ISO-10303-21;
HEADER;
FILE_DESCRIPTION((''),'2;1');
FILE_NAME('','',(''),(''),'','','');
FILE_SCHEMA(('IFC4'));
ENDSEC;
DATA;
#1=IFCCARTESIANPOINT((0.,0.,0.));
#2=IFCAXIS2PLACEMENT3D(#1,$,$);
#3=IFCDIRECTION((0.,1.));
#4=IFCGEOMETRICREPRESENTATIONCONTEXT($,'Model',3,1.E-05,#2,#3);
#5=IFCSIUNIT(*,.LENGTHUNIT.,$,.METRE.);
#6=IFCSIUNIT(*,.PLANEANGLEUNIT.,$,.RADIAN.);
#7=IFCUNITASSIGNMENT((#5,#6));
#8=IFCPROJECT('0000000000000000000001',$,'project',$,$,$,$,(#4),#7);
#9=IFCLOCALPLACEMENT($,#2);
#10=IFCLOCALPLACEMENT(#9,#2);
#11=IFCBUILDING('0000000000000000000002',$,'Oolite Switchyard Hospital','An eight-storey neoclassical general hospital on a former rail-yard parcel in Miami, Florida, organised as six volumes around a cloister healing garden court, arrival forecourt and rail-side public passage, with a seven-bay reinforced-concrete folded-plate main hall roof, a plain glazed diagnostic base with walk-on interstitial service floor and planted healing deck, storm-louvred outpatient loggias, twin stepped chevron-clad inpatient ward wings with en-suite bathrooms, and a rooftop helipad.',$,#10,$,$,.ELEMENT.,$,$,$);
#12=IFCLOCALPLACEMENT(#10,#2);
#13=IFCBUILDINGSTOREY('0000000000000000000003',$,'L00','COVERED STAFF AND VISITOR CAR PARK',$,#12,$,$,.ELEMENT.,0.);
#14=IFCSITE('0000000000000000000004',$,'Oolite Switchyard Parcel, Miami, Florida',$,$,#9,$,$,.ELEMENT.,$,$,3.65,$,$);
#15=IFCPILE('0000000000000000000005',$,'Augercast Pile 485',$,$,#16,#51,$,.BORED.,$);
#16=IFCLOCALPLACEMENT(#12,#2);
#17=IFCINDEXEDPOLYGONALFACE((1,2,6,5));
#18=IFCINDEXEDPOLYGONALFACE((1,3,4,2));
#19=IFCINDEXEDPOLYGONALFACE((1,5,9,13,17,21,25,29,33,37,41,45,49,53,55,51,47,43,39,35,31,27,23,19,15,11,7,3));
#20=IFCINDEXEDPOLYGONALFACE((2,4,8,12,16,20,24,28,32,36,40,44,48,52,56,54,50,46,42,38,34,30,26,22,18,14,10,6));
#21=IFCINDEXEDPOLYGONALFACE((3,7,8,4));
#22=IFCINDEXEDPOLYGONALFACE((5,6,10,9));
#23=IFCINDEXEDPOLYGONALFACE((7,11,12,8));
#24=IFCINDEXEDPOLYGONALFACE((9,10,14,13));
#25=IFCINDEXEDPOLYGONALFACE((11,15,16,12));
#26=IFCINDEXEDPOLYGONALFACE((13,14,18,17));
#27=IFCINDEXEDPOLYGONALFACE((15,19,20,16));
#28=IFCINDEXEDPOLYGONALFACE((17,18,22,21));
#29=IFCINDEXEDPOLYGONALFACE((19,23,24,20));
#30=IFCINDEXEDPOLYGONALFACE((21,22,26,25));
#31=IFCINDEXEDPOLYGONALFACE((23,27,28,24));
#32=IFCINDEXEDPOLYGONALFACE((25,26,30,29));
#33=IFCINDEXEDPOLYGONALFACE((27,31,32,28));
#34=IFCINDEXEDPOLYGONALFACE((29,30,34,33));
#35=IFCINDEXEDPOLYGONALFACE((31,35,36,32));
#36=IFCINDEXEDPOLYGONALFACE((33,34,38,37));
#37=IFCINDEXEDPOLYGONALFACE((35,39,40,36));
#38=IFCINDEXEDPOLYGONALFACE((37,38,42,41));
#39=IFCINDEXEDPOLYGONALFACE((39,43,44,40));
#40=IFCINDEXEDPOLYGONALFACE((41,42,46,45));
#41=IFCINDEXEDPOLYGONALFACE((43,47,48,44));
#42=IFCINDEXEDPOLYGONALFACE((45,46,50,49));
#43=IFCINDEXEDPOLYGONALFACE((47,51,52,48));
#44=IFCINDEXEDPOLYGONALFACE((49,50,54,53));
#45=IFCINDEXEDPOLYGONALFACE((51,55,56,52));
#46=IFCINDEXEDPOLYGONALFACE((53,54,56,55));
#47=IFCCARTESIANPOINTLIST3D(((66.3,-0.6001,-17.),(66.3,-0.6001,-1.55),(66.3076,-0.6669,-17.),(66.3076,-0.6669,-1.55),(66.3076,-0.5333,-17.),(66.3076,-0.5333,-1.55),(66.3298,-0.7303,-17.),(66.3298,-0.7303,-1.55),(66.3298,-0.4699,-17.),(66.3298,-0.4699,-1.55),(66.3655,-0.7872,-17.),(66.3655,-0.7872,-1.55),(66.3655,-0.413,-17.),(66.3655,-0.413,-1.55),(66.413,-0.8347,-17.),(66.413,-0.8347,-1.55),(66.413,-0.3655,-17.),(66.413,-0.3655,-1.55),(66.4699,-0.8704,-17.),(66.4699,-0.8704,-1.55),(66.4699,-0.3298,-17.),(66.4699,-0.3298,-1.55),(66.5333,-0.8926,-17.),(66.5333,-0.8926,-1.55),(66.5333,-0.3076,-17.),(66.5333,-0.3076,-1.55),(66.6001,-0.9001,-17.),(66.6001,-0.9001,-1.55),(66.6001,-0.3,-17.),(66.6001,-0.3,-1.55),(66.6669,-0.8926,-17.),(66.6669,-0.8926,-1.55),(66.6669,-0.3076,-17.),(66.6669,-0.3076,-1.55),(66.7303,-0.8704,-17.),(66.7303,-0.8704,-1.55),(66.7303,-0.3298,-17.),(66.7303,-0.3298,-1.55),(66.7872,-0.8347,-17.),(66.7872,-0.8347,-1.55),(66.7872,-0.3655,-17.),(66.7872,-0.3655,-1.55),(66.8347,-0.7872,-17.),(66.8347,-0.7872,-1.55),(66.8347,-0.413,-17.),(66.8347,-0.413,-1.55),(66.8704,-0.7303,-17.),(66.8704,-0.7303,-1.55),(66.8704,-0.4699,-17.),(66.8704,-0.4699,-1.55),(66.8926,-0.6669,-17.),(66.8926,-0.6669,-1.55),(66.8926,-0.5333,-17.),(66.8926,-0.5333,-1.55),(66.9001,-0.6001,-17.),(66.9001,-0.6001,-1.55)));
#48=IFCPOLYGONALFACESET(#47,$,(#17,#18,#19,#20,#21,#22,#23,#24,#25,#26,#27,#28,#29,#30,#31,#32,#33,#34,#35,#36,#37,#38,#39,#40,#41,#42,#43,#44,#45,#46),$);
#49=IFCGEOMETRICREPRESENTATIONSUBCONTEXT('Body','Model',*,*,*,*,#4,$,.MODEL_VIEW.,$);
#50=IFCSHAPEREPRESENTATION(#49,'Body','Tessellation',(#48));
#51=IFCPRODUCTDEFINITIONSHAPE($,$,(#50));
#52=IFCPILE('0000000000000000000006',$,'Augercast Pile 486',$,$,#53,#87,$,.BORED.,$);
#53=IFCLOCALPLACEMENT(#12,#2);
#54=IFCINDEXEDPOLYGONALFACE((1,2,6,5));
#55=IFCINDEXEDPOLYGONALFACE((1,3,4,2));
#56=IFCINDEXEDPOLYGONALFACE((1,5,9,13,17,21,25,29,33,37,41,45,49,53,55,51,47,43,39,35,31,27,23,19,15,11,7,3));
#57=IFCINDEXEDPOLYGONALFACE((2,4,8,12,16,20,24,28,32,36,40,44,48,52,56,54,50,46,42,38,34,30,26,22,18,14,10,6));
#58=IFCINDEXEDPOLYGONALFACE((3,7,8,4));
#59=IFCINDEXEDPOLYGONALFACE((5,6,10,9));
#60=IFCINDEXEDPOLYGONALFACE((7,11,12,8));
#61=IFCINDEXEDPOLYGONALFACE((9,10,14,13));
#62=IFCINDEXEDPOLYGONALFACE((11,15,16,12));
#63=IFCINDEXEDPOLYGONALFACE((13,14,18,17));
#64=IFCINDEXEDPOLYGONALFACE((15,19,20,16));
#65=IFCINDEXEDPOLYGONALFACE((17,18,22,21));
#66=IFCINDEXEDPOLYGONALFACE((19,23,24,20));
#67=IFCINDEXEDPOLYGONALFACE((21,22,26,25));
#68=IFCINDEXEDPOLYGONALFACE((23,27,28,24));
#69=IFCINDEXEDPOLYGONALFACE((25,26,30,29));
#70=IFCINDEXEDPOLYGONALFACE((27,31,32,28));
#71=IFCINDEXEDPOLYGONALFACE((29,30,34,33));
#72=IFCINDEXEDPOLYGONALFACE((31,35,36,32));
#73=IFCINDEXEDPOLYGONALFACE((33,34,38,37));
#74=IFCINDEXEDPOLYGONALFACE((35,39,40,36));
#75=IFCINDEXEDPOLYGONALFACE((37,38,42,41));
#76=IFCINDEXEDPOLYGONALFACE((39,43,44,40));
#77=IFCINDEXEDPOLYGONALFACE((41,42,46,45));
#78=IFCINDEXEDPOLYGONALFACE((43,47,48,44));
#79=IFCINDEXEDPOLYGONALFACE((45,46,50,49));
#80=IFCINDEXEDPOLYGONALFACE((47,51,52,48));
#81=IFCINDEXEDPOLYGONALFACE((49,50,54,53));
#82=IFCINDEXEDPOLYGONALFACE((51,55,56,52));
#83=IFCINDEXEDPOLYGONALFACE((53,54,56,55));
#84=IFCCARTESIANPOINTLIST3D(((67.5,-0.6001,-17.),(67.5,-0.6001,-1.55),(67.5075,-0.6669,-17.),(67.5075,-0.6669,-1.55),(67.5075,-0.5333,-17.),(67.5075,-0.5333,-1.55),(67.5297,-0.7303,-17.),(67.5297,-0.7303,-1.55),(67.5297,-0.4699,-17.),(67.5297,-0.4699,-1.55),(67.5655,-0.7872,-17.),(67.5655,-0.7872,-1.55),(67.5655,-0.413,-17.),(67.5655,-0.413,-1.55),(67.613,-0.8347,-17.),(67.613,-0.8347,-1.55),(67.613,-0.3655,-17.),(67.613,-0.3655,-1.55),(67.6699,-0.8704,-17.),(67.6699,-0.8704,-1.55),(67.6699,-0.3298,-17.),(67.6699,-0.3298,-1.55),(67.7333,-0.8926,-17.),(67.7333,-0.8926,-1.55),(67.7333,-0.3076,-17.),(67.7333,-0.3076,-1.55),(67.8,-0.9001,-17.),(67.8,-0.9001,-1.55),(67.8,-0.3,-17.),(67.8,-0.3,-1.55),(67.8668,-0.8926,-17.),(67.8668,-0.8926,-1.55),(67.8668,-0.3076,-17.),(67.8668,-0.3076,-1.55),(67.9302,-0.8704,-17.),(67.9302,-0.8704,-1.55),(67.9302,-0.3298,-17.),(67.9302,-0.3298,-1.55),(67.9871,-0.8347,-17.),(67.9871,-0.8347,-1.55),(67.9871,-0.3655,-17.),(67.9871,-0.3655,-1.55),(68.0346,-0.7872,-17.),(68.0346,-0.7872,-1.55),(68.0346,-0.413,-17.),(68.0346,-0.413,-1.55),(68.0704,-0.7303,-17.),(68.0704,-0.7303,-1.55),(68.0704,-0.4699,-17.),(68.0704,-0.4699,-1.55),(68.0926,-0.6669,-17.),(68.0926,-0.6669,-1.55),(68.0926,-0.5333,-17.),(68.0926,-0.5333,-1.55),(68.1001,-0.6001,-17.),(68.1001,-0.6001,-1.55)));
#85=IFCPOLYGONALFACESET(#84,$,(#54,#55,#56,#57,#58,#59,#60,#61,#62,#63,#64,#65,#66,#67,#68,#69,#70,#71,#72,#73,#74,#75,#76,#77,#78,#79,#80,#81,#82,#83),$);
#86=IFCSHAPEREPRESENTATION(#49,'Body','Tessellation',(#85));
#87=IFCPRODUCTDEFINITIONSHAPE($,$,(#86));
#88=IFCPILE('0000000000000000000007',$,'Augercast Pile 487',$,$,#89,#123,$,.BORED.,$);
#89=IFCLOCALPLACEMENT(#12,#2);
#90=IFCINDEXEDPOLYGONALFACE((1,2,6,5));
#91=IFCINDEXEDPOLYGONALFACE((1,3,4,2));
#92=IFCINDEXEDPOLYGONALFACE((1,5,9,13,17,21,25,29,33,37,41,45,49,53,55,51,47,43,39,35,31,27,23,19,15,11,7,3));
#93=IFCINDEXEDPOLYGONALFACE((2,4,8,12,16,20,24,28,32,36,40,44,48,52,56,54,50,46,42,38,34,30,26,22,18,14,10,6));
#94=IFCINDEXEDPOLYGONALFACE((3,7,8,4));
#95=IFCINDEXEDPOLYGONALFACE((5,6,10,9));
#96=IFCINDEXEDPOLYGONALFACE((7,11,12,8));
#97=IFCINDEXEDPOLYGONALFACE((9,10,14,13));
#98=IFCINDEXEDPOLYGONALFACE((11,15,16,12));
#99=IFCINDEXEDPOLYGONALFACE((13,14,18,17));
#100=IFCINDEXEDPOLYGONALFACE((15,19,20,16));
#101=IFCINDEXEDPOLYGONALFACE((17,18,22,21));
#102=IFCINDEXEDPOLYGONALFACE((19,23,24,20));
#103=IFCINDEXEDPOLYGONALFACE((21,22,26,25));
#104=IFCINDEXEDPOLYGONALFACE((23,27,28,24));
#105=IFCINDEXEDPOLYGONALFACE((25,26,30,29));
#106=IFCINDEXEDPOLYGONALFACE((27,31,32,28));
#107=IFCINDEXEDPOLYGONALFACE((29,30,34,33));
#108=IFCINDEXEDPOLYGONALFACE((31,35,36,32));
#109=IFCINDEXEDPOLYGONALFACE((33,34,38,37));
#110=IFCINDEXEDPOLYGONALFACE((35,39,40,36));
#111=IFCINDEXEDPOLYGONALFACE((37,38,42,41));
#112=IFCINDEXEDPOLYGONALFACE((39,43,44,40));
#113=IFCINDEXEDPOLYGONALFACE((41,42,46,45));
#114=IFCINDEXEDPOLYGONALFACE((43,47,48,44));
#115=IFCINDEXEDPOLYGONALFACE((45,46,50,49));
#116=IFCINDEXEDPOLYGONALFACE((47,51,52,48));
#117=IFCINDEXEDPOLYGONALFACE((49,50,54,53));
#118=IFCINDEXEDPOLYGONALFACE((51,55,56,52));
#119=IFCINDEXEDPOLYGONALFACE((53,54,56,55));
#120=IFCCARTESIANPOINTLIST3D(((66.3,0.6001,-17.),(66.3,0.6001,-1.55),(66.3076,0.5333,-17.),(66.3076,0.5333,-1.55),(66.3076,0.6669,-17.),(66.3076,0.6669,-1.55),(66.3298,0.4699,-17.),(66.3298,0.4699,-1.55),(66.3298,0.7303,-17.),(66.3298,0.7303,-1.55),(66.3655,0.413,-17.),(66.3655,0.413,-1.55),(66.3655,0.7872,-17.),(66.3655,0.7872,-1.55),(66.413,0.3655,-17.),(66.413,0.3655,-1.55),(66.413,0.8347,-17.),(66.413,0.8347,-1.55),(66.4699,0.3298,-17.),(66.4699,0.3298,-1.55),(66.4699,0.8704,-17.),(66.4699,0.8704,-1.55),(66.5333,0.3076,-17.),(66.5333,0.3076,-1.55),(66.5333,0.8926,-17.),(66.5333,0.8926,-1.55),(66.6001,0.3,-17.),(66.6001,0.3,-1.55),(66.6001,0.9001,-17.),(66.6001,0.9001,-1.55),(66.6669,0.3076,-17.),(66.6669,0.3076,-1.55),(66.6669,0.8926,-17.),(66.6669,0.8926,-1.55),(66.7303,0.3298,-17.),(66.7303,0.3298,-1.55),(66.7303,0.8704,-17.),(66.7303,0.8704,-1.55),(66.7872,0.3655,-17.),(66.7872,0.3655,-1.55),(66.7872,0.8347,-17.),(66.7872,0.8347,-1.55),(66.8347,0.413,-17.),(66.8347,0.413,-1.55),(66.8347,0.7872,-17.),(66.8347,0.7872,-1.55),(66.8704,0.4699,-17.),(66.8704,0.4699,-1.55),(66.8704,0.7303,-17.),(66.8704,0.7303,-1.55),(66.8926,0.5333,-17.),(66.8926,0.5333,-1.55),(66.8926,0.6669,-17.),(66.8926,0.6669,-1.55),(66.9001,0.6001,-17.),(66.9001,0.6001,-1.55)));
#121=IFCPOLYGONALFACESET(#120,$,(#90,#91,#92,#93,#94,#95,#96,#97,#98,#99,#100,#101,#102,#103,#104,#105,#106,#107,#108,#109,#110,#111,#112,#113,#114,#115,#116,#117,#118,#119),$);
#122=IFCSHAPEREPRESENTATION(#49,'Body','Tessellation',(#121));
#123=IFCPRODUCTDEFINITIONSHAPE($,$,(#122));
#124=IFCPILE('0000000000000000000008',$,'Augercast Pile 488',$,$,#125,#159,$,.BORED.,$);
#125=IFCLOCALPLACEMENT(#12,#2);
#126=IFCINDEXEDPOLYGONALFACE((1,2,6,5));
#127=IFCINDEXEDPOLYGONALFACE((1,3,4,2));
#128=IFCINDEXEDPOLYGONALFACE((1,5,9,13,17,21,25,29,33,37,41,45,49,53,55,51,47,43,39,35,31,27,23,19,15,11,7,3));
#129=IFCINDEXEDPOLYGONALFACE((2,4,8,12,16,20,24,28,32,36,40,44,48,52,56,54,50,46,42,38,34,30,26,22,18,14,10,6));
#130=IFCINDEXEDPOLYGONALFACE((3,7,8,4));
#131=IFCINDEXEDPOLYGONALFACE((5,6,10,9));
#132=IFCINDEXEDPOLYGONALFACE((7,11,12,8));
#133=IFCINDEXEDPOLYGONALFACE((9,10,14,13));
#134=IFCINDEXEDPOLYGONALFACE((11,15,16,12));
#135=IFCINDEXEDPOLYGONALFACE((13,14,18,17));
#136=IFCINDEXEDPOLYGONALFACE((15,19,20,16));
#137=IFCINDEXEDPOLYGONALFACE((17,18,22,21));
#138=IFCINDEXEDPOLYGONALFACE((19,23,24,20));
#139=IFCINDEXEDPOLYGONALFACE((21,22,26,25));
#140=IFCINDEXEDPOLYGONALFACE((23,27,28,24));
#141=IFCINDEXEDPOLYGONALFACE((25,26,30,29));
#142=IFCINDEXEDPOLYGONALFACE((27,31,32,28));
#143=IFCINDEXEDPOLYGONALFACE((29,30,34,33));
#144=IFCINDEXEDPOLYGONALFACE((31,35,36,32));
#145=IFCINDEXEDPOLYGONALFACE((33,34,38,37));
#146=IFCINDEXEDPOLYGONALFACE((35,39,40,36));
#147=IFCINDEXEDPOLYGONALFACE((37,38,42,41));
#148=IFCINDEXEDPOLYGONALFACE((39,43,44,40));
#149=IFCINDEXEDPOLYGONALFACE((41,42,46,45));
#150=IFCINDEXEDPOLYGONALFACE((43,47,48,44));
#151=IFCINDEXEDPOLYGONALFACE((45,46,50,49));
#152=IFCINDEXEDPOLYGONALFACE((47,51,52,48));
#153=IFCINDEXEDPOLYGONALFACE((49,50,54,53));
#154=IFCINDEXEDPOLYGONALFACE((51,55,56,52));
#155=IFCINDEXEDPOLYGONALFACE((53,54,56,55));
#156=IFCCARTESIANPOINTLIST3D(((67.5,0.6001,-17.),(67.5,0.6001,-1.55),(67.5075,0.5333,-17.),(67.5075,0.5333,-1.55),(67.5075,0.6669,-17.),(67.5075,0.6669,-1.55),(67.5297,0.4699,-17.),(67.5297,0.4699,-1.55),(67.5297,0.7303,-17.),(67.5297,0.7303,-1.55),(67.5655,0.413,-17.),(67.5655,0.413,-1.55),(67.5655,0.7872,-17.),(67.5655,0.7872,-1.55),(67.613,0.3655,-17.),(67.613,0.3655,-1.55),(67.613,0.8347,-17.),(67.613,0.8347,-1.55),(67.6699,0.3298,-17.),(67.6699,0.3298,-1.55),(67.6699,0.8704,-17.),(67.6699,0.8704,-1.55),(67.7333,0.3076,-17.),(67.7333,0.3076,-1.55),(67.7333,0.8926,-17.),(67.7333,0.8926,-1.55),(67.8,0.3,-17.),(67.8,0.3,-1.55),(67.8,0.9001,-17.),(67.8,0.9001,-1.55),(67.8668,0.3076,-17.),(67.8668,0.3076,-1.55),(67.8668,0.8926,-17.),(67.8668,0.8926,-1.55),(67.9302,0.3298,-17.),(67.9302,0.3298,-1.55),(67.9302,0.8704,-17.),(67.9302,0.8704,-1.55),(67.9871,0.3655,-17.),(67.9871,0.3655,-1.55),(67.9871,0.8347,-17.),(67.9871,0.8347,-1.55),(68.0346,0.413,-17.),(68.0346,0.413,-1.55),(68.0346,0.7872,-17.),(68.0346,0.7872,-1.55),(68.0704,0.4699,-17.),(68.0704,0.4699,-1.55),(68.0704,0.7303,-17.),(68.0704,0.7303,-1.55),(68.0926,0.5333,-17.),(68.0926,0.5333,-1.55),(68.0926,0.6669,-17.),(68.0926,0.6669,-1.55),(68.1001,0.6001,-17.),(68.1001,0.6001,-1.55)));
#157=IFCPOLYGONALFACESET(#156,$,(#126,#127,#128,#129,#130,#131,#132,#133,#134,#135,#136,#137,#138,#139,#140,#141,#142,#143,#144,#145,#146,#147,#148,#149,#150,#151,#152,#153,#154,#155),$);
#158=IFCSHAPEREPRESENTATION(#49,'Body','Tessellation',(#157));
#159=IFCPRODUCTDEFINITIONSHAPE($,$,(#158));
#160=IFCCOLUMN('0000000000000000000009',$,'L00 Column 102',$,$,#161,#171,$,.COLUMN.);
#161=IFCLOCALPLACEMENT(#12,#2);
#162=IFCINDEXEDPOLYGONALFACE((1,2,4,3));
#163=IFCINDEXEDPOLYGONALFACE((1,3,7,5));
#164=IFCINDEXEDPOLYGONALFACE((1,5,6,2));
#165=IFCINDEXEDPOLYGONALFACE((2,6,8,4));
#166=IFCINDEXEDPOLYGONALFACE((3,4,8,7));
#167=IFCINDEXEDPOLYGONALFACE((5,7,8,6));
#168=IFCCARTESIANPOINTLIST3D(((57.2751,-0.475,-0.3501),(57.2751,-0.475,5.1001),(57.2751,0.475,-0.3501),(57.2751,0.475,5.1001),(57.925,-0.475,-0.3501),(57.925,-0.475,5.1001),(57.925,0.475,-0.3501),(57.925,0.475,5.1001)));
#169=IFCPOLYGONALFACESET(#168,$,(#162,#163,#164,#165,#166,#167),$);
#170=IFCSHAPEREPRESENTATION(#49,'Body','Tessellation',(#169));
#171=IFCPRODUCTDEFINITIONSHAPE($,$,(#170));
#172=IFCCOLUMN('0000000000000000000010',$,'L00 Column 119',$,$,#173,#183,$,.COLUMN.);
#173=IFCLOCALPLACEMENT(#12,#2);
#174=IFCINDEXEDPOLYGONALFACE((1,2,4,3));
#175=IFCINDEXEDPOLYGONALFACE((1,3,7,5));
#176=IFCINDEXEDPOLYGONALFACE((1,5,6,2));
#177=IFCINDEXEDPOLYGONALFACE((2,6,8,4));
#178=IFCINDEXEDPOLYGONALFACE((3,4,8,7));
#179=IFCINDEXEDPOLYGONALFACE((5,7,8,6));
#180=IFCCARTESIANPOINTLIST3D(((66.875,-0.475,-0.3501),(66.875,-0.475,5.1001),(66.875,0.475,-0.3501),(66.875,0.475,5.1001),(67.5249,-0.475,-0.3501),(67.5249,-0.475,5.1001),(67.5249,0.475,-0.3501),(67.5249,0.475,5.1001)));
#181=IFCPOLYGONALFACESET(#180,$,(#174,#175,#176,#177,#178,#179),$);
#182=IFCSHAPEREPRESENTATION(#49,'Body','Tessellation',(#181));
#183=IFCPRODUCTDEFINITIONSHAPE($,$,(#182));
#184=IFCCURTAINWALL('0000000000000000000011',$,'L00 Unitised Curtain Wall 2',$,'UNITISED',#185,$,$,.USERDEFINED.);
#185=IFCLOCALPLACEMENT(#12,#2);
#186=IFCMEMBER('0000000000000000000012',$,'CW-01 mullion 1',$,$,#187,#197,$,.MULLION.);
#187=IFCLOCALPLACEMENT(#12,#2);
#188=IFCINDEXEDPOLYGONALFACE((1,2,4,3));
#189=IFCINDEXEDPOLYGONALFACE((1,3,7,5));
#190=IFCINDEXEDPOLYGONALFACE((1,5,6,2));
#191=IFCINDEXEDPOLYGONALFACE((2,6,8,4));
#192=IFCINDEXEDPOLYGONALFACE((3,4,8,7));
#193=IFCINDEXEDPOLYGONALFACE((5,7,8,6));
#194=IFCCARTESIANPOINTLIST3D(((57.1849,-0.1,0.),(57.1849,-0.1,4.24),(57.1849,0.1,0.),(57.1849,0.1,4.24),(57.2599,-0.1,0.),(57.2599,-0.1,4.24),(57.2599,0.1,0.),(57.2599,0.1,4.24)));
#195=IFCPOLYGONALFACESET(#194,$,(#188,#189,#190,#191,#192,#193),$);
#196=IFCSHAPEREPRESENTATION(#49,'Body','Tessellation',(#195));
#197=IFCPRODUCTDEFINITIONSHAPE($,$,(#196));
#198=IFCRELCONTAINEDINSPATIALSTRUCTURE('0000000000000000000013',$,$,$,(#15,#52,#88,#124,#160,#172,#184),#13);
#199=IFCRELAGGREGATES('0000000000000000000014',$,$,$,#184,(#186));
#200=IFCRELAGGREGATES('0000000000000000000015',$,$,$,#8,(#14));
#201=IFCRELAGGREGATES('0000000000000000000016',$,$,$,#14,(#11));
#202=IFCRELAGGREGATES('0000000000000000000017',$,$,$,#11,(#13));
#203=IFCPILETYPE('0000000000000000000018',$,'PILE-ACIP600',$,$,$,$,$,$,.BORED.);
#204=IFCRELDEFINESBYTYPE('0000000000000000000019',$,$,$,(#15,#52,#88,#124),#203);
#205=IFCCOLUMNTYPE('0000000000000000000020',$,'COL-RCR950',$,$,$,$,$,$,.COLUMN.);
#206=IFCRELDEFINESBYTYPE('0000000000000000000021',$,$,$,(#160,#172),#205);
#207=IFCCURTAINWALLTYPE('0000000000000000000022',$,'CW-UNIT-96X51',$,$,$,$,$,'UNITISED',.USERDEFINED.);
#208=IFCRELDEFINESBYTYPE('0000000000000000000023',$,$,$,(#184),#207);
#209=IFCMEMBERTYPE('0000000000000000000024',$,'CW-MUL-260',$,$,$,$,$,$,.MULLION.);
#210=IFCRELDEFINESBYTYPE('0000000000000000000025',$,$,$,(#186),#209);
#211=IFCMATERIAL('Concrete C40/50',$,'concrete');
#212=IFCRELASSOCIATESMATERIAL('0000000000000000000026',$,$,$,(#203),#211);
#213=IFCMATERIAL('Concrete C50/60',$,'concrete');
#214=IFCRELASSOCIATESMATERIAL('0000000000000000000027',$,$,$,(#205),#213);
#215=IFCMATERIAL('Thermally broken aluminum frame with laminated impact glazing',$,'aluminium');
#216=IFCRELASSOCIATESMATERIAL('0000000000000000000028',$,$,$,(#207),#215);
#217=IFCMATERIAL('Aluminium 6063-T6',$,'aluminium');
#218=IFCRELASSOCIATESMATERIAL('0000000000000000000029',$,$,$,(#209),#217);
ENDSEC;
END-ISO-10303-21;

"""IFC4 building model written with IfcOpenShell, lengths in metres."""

from ifc_helpers import new_model, si_unit, direction, frame, origin, origin_2d, place, context, subcontext, project, spatial, rectangle, circle, extrude, material, material_profile, profile_set, type_object, element, aggregate, save


model = new_model("IFC4")

# Units and contexts
model_context = context("Model", 3, precision=1e-05, world=origin(), true_north=direction((0.0, 1.0)))
body_context = subcontext(model_context, "Body", "Model", "MODEL_VIEW")
ifc_project = project(units=[si_unit("LENGTHUNIT", "METRE"), si_unit("PLANEANGLEUNIT", "RADIAN")], contexts=[model_context])

# Site, building, storey
site_placement = place(None, origin())
site = spatial("IfcSite", under=ifc_project, at=site_placement, Name="Oolite Switchyard Parcel, Miami, Florida", CompositionType="ELEMENT", RefElevation=3.65)
building_placement = place(site_placement, origin())
building = spatial("IfcBuilding", under=site, at=building_placement, Name="Oolite Switchyard Hospital", Description="An eight-storey neoclassical general hospital on a former rail-yard parcel in Miami, Florida, organised as six volumes around a cloister healing garden court, arrival forecourt and rail-side public passage, with a seven-bay reinforced-concrete folded-plate main hall roof, a plain glazed diagnostic base with walk-on interstitial service floor and planted healing deck, storm-louvred outpatient loggias, twin stepped chevron-clad inpatient ward wings with en-suite bathrooms, and a rooftop helipad.", CompositionType="ELEMENT")
storey_placement = place(building_placement, origin())
storey = spatial("IfcBuildingStorey", under=building, at=storey_placement, Name="L00", Description="COVERED STAFF AND VISITOR CAR PARK", CompositionType="ELEMENT", Elevation=0.0)

# Shared definitions
ifc_material_1 = material(Name="Concrete C40/50", Category="concrete")

# Piles
ifc_material_profile_1 = material_profile(ifc_material_1, circle(Radius=0.3, at=origin_2d()), Name="PILE600")
ifc_profile_set_1 = profile_set([ifc_material_profile_1], Name="Concrete C40/50")
pile_type = type_object("IfcPileType", Name="PILE-ACIP600", PredefinedType="BORED", material=ifc_profile_set_1)
for number, where, z_axis, x_axis, name in (
    (1, (66.6001, -0.6001, -1.55), (0.0, 0.0, -1.0), (1.0, 0.0, 0.0), "Augercast Pile 485"),
    (2, (67.8, -0.6001, -1.55), (0.0, 0.0, -1.0), (1.0, 0.0, 0.0), "Augercast Pile 486"),
    (3, (66.6001, 0.6001, -1.55), (0.0, 0.0, -1.0), (1.0, 0.0, 0.0), "Augercast Pile 487"),
    (4, (67.8, 0.6001, -1.55), (0.0, 0.0, -1.0), (1.0, 0.0, 0.0), "Augercast Pile 488"),
):
    element("IfcPile", number, at=place(storey_placement, frame(where, z_axis=z_axis, x_axis=x_axis)), inside=storey, type_object=pile_type, Name=name, PredefinedType="BORED", context=body_context, shape_type="SweptSolid", body=[
        extrude(circle(Radius=0.3, at=origin_2d()), origin(), (0.0, 0.0, 1.0), 15.45),
    ])

# Columns
ifc_material_2 = material(Name="Concrete C50/60", Category="concrete")
ifc_material_profile_2 = material_profile(ifc_material_2, rectangle(XDim=0.95, YDim=0.6499, at=origin_2d()), Name="RC950X650")
ifc_profile_set_2 = profile_set([ifc_material_profile_2], Name="Concrete C50/60")
column_type = type_object("IfcColumnType", Name="COL-RCR950", PredefinedType="COLUMN", material=ifc_profile_set_2)
for number, where, z_axis, x_axis, name in (
    (5, (57.6001, 0.0, -0.3501), (0.0, 0.0, 1.0), (0.0, 1.0, 0.0), "L00 Column 102"),
    (6, (67.2, 0.0, -0.3501), (0.0, 0.0, 1.0), (0.0, 1.0, 0.0), "L00 Column 119"),
):
    element("IfcColumn", number, at=place(storey_placement, frame(where, z_axis=z_axis, x_axis=x_axis)), inside=storey, type_object=column_type, Name=name, PredefinedType="COLUMN", context=body_context, shape_type="SweptSolid", body=[
        extrude(rectangle(XDim=0.95, YDim=0.6499, at=origin_2d()), origin(), (0.0, 0.0, 1.0), 5.4502),
    ])

# Curtain wall, member
ifc_material_3 = material(Name="Thermally broken aluminum frame with laminated impact glazing", Category="aluminium")
curtain_wall_type = type_object("IfcCurtainWallType", Name="CW-UNIT-96X51", ElementType="UNITISED", PredefinedType="USERDEFINED", material=ifc_material_3)
curtain_wall_placement = place(storey_placement, origin())
curtain_wall = element("IfcCurtainWall", 7, at=curtain_wall_placement, inside=storey, type_object=curtain_wall_type, Name="L00 Unitised Curtain Wall 2", ObjectType="UNITISED", PredefinedType="USERDEFINED")
ifc_material_4 = material(Name="Aluminium 6063-T6", Category="aluminium")
ifc_material_profile_3 = material_profile(ifc_material_4, rectangle(XDim=0.2, YDim=0.075, at=origin_2d()), Name="CWM75X200")
ifc_profile_set_3 = profile_set([ifc_material_profile_3], Name="Aluminium 6063-T6")
member_type_1 = type_object("IfcMemberType", Name="CW-MUL-260", PredefinedType="MULLION", material=ifc_profile_set_3)
member_1_placement = place(storey_placement, frame((57.2224, 0.0, 0.0), z_axis=(0.0, 0.0, 1.0), x_axis=(0.0, -1.0, 0.0)))
member_1 = element("IfcMember", 8, at=member_1_placement, type_object=member_type_1, Name="CW-01 mullion 1", PredefinedType="MULLION", context=body_context, shape_type="SweptSolid", body=[
    extrude(rectangle(XDim=0.2, YDim=0.075, at=origin_2d()), origin(), (0.0, 0.0, 1.0), 4.24),
])
aggregate(curtain_wall, [member_1])

save(model, "model.ifc")
